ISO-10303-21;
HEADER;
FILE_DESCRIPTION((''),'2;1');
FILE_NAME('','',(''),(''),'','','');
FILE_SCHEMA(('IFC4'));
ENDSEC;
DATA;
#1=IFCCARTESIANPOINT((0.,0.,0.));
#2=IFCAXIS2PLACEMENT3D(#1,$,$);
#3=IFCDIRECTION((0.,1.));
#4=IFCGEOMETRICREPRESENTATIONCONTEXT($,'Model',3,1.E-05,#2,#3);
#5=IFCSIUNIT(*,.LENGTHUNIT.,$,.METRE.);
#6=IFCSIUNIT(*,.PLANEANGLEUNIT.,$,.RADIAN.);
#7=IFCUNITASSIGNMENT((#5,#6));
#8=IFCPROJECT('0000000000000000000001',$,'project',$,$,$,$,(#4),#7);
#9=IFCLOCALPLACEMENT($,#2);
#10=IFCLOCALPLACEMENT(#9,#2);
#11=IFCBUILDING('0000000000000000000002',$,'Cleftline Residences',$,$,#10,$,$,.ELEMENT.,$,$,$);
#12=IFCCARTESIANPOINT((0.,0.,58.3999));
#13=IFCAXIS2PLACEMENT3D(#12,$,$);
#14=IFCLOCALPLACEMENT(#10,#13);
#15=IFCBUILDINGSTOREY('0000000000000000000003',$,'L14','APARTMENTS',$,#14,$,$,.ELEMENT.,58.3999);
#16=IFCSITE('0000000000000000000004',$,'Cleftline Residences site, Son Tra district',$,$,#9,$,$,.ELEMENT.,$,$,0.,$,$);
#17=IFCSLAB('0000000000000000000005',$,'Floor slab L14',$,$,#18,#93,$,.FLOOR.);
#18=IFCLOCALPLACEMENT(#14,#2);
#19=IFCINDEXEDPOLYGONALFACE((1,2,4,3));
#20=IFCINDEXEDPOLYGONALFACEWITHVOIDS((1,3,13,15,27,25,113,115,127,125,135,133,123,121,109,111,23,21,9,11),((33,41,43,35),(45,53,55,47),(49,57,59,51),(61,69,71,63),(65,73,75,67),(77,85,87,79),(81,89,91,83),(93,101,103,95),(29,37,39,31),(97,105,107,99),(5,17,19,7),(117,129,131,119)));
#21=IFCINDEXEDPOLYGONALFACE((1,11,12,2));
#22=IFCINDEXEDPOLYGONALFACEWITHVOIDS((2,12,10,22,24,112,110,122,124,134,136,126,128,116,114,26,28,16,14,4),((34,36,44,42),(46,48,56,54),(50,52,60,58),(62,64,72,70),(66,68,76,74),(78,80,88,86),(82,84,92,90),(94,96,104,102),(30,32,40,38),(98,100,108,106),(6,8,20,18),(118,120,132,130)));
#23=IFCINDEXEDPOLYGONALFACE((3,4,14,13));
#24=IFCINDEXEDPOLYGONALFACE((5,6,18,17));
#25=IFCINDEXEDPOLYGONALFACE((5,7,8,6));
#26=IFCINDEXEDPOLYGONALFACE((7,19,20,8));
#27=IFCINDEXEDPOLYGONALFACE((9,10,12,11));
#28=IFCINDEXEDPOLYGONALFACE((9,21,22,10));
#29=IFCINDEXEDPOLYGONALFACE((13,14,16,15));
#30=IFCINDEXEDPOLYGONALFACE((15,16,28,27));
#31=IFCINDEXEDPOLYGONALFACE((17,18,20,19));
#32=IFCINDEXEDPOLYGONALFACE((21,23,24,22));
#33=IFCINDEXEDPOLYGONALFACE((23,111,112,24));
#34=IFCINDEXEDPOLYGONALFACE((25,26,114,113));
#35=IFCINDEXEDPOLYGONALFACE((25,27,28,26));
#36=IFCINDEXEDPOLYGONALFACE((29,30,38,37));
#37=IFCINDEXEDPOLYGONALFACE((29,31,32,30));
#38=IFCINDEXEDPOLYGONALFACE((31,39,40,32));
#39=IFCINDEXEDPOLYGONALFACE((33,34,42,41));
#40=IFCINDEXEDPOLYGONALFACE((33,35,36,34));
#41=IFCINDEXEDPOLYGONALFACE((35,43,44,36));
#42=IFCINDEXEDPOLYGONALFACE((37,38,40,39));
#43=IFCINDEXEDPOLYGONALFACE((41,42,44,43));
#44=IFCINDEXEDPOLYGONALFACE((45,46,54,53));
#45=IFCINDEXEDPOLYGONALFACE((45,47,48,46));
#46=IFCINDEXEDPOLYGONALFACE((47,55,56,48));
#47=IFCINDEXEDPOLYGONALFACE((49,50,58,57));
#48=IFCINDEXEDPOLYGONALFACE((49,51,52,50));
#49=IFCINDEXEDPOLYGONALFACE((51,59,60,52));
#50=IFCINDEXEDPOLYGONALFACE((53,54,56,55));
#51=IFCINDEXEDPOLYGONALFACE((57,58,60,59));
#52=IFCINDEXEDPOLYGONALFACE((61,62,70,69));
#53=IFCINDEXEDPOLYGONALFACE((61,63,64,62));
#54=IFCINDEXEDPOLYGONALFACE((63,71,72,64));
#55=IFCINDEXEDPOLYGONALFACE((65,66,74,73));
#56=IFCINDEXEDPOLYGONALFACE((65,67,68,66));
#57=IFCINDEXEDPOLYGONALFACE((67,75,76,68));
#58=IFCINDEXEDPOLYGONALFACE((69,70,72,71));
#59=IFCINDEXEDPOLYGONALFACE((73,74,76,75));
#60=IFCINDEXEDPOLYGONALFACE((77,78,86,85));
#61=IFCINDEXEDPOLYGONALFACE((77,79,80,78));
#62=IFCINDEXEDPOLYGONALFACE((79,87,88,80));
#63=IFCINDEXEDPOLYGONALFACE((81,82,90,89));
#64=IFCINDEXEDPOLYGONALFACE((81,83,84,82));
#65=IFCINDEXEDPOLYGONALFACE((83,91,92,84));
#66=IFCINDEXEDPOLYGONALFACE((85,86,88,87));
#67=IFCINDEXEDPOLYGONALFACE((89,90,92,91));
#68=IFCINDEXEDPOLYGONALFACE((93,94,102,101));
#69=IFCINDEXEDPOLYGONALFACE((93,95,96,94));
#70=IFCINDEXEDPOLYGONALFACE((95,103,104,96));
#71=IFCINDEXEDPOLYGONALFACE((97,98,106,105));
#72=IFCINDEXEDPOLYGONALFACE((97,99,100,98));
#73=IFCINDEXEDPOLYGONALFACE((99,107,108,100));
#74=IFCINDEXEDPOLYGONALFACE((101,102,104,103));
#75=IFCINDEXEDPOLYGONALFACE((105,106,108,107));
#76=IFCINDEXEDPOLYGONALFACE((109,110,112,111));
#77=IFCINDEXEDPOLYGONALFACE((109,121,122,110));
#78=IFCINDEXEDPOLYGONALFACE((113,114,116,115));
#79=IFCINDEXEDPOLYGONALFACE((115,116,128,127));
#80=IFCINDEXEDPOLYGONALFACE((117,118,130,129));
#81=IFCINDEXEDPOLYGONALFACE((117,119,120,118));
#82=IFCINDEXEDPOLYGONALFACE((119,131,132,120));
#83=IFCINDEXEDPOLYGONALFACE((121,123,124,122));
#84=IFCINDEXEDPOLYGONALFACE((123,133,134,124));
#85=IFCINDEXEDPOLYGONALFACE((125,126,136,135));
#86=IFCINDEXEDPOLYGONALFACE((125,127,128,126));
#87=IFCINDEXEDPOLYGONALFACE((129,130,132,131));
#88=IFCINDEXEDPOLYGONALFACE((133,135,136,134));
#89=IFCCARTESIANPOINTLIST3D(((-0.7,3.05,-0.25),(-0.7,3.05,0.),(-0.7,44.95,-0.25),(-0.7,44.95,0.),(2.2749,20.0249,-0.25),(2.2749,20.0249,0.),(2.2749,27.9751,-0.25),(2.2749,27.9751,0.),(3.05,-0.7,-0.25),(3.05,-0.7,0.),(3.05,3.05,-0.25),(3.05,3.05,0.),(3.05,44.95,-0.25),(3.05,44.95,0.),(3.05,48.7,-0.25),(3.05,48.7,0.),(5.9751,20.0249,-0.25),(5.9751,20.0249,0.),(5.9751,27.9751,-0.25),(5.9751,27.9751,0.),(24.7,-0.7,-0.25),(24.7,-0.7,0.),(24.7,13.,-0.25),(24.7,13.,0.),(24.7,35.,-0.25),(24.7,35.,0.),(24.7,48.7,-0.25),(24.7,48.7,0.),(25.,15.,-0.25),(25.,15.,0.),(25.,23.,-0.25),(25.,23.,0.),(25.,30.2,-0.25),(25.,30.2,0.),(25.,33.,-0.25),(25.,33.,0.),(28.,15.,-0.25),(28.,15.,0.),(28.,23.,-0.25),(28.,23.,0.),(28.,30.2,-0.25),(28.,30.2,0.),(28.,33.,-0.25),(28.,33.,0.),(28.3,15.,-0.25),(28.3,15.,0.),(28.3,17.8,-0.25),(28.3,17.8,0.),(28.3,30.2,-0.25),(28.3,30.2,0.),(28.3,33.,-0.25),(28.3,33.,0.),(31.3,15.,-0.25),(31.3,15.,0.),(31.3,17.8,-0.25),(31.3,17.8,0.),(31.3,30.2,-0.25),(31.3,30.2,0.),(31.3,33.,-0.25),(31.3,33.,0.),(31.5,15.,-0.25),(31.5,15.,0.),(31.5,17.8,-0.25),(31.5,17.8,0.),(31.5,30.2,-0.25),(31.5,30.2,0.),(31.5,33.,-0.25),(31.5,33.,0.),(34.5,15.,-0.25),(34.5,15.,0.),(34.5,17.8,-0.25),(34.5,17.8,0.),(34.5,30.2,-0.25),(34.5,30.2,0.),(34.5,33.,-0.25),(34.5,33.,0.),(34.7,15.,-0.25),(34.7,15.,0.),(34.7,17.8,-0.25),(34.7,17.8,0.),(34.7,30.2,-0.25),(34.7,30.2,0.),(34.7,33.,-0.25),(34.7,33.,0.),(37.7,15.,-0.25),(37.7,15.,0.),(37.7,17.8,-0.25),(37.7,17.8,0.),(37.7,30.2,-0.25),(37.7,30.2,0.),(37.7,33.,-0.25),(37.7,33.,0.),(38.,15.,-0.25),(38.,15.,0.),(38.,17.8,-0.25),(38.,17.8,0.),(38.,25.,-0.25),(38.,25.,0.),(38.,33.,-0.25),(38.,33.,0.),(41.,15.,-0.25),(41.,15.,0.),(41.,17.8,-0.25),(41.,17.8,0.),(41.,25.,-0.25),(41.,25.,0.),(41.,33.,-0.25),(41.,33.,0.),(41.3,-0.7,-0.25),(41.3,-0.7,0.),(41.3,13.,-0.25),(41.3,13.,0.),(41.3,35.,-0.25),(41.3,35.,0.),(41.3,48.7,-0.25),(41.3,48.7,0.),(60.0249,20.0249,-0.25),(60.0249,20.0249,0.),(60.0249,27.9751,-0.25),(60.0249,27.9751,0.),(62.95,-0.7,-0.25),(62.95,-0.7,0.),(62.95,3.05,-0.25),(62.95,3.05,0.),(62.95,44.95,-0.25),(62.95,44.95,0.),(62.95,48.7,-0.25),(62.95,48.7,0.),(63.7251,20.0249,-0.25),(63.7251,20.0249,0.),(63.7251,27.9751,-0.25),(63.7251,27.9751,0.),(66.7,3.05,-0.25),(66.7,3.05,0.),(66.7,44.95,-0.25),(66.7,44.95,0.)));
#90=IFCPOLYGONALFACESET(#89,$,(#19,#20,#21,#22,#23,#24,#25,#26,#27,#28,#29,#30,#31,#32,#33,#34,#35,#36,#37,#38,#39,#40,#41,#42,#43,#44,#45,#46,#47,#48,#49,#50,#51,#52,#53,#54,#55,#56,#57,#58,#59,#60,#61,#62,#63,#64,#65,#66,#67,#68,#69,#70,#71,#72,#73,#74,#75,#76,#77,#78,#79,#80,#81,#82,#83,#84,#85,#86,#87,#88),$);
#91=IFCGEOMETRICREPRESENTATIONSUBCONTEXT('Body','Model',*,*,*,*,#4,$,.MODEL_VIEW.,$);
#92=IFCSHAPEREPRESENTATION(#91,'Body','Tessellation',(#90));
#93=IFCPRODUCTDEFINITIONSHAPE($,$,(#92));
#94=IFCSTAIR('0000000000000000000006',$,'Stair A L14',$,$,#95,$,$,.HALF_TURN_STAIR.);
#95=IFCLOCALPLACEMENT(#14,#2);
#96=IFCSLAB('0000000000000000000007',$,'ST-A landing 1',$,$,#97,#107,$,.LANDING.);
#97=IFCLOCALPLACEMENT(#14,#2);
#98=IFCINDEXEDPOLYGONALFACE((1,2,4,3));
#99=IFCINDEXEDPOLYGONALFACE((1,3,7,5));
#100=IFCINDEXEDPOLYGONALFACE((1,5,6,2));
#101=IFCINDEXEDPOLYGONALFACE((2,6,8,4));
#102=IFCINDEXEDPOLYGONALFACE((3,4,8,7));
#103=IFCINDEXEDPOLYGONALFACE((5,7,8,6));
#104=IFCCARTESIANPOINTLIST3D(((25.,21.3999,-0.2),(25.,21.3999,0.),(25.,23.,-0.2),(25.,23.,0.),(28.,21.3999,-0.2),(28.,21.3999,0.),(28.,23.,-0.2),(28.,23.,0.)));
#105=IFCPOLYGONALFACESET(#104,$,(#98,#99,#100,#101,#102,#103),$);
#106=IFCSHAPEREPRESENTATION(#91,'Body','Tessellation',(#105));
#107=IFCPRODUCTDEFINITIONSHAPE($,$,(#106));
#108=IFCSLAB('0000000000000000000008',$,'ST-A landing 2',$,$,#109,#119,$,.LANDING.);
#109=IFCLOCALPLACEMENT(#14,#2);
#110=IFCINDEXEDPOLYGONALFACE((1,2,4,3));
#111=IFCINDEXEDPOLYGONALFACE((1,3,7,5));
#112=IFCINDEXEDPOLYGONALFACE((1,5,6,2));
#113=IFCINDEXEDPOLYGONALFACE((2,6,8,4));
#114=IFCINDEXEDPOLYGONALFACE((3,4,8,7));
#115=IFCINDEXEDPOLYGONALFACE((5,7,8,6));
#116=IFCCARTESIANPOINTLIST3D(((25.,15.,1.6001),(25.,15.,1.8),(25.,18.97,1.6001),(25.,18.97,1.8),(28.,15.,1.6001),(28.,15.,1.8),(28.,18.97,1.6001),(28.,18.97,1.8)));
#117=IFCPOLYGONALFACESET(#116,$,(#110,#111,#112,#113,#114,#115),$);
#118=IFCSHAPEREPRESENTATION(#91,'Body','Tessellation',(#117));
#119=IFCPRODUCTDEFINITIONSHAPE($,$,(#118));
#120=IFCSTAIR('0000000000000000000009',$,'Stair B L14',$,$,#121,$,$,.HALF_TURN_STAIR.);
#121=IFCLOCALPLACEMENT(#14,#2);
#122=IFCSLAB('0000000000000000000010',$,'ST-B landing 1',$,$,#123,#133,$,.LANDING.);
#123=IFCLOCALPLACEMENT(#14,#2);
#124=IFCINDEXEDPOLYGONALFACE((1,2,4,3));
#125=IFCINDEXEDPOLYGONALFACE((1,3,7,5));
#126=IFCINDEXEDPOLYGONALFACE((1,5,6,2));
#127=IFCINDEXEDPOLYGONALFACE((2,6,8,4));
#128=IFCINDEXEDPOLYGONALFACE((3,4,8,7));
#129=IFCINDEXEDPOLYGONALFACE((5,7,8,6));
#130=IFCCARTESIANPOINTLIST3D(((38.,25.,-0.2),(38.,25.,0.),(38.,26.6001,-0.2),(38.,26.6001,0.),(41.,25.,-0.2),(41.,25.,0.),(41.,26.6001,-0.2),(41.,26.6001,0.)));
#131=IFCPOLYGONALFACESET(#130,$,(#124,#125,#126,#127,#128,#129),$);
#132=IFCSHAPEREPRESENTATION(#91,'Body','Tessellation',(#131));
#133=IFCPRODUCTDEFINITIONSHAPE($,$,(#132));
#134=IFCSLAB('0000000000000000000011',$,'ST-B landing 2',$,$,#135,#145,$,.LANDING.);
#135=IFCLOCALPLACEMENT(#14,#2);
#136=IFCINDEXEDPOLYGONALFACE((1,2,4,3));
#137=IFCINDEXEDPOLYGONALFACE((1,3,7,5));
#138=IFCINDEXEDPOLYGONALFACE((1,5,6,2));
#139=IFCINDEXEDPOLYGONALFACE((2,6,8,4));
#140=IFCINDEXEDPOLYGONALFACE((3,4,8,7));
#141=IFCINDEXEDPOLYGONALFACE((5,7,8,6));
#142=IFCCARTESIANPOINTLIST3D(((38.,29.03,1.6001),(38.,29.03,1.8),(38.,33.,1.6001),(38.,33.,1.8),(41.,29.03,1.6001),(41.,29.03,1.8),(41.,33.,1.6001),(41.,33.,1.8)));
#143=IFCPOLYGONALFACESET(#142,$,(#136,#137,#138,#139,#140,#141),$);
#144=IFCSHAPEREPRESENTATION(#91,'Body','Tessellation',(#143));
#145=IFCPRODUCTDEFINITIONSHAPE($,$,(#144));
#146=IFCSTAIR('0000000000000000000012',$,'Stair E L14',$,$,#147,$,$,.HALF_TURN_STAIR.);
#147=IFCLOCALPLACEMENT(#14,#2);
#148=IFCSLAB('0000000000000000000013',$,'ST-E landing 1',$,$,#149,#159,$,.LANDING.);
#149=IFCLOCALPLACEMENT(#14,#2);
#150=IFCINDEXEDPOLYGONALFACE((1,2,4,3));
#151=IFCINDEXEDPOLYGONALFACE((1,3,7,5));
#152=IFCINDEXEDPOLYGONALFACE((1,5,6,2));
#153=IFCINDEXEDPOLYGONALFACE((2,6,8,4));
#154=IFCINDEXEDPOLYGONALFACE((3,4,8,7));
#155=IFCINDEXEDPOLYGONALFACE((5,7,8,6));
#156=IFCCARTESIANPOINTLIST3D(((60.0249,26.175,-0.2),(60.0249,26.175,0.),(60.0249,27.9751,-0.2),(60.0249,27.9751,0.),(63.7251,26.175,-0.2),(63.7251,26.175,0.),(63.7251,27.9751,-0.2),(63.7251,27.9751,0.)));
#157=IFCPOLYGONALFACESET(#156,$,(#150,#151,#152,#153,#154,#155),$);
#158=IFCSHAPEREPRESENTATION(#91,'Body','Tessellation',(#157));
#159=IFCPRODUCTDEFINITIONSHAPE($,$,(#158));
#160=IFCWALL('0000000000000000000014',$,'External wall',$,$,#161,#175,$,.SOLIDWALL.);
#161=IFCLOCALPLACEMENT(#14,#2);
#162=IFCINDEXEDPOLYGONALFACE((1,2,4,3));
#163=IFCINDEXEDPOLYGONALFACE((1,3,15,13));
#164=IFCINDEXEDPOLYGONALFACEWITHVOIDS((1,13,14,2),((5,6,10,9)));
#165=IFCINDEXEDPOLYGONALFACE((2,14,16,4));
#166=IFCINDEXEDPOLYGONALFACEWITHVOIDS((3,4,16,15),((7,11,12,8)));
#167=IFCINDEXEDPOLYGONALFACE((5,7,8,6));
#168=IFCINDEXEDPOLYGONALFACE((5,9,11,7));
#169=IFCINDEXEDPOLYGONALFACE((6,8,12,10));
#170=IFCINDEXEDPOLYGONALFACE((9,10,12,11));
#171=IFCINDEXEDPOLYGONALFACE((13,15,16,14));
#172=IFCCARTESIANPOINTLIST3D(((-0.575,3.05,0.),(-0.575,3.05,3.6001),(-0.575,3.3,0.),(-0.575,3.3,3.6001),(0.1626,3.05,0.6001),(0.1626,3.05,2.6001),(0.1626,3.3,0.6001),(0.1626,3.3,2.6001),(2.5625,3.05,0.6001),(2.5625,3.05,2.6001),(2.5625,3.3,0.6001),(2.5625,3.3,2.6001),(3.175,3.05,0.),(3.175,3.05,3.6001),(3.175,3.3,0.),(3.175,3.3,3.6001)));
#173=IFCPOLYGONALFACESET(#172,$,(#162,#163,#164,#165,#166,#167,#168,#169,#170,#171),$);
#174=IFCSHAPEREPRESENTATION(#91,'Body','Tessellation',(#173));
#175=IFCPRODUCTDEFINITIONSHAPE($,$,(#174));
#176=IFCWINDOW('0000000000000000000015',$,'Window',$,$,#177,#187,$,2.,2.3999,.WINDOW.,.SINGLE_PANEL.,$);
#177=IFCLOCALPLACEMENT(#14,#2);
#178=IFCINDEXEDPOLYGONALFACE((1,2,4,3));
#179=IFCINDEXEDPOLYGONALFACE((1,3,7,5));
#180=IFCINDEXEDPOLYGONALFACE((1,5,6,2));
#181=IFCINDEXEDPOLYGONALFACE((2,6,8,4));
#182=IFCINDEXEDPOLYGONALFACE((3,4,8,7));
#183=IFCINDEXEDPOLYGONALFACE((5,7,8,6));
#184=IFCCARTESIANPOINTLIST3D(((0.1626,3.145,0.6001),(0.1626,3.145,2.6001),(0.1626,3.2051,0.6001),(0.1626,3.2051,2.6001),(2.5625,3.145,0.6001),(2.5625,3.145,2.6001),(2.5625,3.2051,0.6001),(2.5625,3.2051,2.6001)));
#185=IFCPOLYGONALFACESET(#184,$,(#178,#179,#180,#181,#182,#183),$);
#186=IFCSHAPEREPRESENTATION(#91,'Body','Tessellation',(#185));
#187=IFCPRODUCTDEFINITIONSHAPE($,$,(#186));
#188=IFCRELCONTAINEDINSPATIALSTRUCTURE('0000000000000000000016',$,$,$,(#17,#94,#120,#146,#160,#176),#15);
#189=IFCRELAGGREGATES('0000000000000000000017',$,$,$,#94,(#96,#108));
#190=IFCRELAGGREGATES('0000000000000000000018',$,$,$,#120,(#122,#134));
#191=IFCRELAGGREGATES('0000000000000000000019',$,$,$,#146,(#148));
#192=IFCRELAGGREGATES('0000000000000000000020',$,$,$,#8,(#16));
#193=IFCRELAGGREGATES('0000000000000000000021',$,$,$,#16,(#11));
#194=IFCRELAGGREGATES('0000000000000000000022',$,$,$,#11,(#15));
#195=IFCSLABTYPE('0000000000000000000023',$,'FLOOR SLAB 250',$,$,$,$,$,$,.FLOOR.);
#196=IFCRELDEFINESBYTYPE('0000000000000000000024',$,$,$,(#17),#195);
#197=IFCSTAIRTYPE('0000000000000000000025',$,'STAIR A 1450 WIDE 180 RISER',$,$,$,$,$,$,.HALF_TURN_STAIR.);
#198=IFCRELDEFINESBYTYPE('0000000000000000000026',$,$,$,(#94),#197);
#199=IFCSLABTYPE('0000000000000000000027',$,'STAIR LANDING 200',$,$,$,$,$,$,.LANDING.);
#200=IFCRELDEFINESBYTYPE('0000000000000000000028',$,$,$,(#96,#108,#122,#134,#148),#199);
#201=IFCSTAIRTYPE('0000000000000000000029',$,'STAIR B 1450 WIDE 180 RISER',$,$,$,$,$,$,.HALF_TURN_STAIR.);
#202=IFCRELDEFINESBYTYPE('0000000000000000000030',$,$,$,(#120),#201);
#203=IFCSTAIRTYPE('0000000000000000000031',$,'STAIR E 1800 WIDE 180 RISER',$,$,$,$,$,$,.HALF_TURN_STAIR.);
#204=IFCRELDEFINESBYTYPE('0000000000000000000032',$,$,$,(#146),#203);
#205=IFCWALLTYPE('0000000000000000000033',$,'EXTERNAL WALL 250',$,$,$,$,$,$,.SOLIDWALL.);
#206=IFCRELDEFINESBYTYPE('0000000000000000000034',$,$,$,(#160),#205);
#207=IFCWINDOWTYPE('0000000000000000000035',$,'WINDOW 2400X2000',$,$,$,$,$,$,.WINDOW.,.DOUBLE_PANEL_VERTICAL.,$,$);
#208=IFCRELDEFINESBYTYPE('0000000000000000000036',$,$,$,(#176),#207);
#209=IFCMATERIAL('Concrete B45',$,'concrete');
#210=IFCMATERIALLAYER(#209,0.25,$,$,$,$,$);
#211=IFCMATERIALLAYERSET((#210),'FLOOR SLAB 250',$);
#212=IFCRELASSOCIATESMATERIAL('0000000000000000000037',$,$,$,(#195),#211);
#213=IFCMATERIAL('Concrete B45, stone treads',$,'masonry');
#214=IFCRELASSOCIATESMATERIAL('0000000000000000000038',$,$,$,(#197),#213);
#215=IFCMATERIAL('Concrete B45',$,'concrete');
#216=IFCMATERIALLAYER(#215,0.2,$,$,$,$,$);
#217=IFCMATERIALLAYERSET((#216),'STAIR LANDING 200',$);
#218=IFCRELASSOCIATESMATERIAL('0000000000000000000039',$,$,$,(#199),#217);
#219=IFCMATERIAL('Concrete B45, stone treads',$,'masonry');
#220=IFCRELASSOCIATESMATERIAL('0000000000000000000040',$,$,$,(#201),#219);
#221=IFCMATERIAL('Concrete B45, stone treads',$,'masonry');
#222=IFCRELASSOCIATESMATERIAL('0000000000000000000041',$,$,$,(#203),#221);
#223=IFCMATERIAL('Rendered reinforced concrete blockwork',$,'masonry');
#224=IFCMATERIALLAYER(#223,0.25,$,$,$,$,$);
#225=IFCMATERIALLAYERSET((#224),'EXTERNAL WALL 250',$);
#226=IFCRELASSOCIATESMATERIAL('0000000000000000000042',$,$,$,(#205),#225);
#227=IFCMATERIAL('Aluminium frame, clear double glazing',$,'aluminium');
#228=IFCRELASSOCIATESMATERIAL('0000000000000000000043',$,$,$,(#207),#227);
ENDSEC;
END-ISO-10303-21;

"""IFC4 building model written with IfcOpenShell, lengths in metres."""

from ifc_helpers import new_model, si_unit, direction, frame, frame_2d, origin, place, context, subcontext, project, spatial, polyline, rectangle, outline, extrude, material, layer, layer_set, type_object, element, fill, aggregate, save


model = new_model("IFC4")

# Units and contexts
model_context = context("Model", 3, precision=1e-05, world=origin(), true_north=direction((0.0, 1.0)))
body_context = subcontext(model_context, "Body", "Model", "MODEL_VIEW")
ifc_project = project(units=[si_unit("LENGTHUNIT", "METRE"), si_unit("PLANEANGLEUNIT", "RADIAN")], contexts=[model_context])

# Site, building, storey
site_placement = place(None, origin())
site = spatial("IfcSite", under=ifc_project, at=site_placement, Name="Cleftline Residences site, Son Tra district", CompositionType="ELEMENT", RefElevation=0.0)
building_placement = place(site_placement, origin())
building = spatial("IfcBuilding", under=site, at=building_placement, Name="Cleftline Residences", CompositionType="ELEMENT")
storey_placement = place(building_placement, frame((0.0, 0.0, 58.3999)))
storey = spatial("IfcBuildingStorey", under=building, at=storey_placement, Name="L14", Description="APARTMENTS", CompositionType="ELEMENT", Elevation=58.3999)

# Slab
ifc_material_1 = material(Name="Concrete B45", Category="concrete")
ifc_layer_1 = layer(ifc_material_1, 0.25)
ifc_layer_set_1 = layer_set([ifc_layer_1], Name="FLOOR SLAB 250")
slab_type_1 = type_object("IfcSlabType", Name="FLOOR SLAB 250", PredefinedType="FLOOR", material=ifc_layer_set_1)
slab_1_placement = place(storey_placement, frame((0.0, 0.0, -0.25)))
element("IfcSlab", 1, at=slab_1_placement, inside=storey, type_object=slab_type_1, Name="Floor slab L14", PredefinedType="FLOOR", context=body_context, shape_type="SweptSolid", body=[
    extrude(outline(polyline([(24.7, 13.0), (41.3, 13.0), (41.3, -0.7), (62.95, -0.7), (62.95, 3.05), (66.7, 3.05), (66.7, 44.95), (62.95, 44.95), (62.95, 48.7), (41.3, 48.7), (41.3, 35.0), (24.7, 35.0), (24.7, 48.7), (3.05, 48.7), (3.05, 44.95), (-0.7, 44.95), (-0.7, 3.05), (3.05, 3.05), (3.05, -0.7), (24.7, -0.7), (24.7, 13.0)]), holes=[polyline([(28.0, 15.0), (28.0, 23.0), (25.0, 23.0), (25.0, 15.0), (28.0, 15.0)]), polyline([(41.0, 25.0), (41.0, 33.0), (38.0, 33.0), (38.0, 25.0), (41.0, 25.0)]), polyline([(28.0, 30.2), (28.0, 33.0), (25.0, 33.0), (25.0, 30.2), (28.0, 30.2)]), polyline([(41.0, 15.0), (41.0, 17.8), (38.0, 17.8), (38.0, 15.0), (41.0, 15.0)]), polyline([(31.3, 15.0), (31.3, 17.8), (28.3, 17.8), (28.3, 15.0), (31.3, 15.0)]), polyline([(34.5, 15.0), (34.5, 17.8), (31.5, 17.8), (31.5, 15.0), (34.5, 15.0)]), polyline([(37.7, 15.0), (37.7, 17.8), (34.7, 17.8), (34.7, 15.0), (37.7, 15.0)]), polyline([(31.3, 30.2), (31.3, 33.0), (28.3, 33.0), (28.3, 30.2), (31.3, 30.2)]), polyline([(34.5, 30.2), (34.5, 33.0), (31.5, 33.0), (31.5, 30.2), (34.5, 30.2)]), polyline([(37.7, 30.2), (37.7, 33.0), (34.7, 33.0), (34.7, 30.2), (37.7, 30.2)]), polyline([(63.7251, 20.0249), (63.7251, 27.9751), (60.0249, 27.9751), (60.0249, 20.0249), (63.7251, 20.0249)]), polyline([(5.9751, 20.0249), (5.9751, 27.9751), (2.2749, 27.9751), (2.2749, 20.0249), (5.9751, 20.0249)])]), origin(), (0.0, 0.0, 1.0), 0.25),
])

# Stairs, slabs
ifc_material_2 = material(Name="Concrete B45, stone treads", Category="masonry")
stair_type_1 = type_object("IfcStairType", Name="STAIR A 1450 WIDE 180 RISER", PredefinedType="HALF_TURN_STAIR", material=ifc_material_2)
stair_1_placement = place(storey_placement, origin())
stair_1 = element("IfcStair", 2, at=stair_1_placement, inside=storey, type_object=stair_type_1, Name="Stair A L14", PredefinedType="HALF_TURN_STAIR")
ifc_material_3 = material(Name="Concrete B45", Category="concrete")
ifc_layer_2 = layer(ifc_material_3, 0.2)
ifc_layer_set_2 = layer_set([ifc_layer_2], Name="STAIR LANDING 200")
slab_type_2 = type_object("IfcSlabType", Name="STAIR LANDING 200", PredefinedType="LANDING", material=ifc_layer_set_2)
slab_2_placement = place(storey_placement, frame((0.0, 0.0, -0.2)))
slab_2 = element("IfcSlab", 3, at=slab_2_placement, type_object=slab_type_2, Name="ST-A landing 1", PredefinedType="LANDING", context=body_context, shape_type="SweptSolid", body=[
    extrude(outline(polyline([(25.0, 21.3999), (28.0, 21.3999), (28.0, 23.0), (25.0, 23.0), (25.0, 21.3999)])), origin(), (0.0, 0.0, 1.0), 0.2),
])
slab_3_placement = place(storey_placement, frame((0.0, 0.0, 1.6001)))
slab_3 = element("IfcSlab", 4, at=slab_3_placement, type_object=slab_type_2, Name="ST-A landing 2", PredefinedType="LANDING", context=body_context, shape_type="SweptSolid", body=[
    extrude(outline(polyline([(25.0, 15.0), (28.0, 15.0), (28.0, 18.97), (25.0, 18.97), (25.0, 15.0)])), origin(), (0.0, 0.0, 1.0), 0.2),
])
aggregate(stair_1, [slab_2, slab_3])
ifc_material_4 = material(Name="Concrete B45, stone treads", Category="masonry")
stair_type_2 = type_object("IfcStairType", Name="STAIR B 1450 WIDE 180 RISER", PredefinedType="HALF_TURN_STAIR", material=ifc_material_4)
stair_2_placement = place(storey_placement, origin())
stair_2 = element("IfcStair", 5, at=stair_2_placement, inside=storey, type_object=stair_type_2, Name="Stair B L14", PredefinedType="HALF_TURN_STAIR")
slab_4_placement = place(storey_placement, frame((0.0, 0.0, -0.2)))
slab_4 = element("IfcSlab", 6, at=slab_4_placement, type_object=slab_type_2, Name="ST-B landing 1", PredefinedType="LANDING", context=body_context, shape_type="SweptSolid", body=[
    extrude(outline(polyline([(38.0, 25.0), (41.0, 25.0), (41.0, 26.6001), (38.0, 26.6001), (38.0, 25.0)])), origin(), (0.0, 0.0, 1.0), 0.2),
])
slab_5_placement = place(storey_placement, frame((0.0, 0.0, 1.6001)))
slab_5 = element("IfcSlab", 7, at=slab_5_placement, type_object=slab_type_2, Name="ST-B landing 2", PredefinedType="LANDING", context=body_context, shape_type="SweptSolid", body=[
    extrude(outline(polyline([(38.0, 29.03), (41.0, 29.03), (41.0, 33.0), (38.0, 33.0), (38.0, 29.03)])), origin(), (0.0, 0.0, 1.0), 0.2),
])
aggregate(stair_2, [slab_4, slab_5])

# Stair, slab
ifc_material_5 = material(Name="Concrete B45, stone treads", Category="masonry")
stair_type_3 = type_object("IfcStairType", Name="STAIR E 1800 WIDE 180 RISER", PredefinedType="HALF_TURN_STAIR", material=ifc_material_5)
stair_3_placement = place(storey_placement, origin())
stair_3 = element("IfcStair", 8, at=stair_3_placement, inside=storey, type_object=stair_type_3, Name="Stair E L14", PredefinedType="HALF_TURN_STAIR")
slab_6_placement = place(storey_placement, frame((0.0, 0.0, -0.2)))
slab_6 = element("IfcSlab", 9, at=slab_6_placement, type_object=slab_type_2, Name="ST-E landing 1", PredefinedType="LANDING", context=body_context, shape_type="SweptSolid", body=[
    extrude(outline(polyline([(60.0249, 26.175), (63.7251, 26.175), (63.7251, 27.9751), (60.0249, 27.9751), (60.0249, 26.175)])), origin(), (0.0, 0.0, 1.0), 0.2),
])
aggregate(stair_3, [slab_6])

# Wall, opening, window
ifc_material_6 = material(Name="Rendered reinforced concrete blockwork", Category="masonry")
ifc_layer_3 = layer(ifc_material_6, 0.25)
ifc_layer_set_3 = layer_set([ifc_layer_3], Name="EXTERNAL WALL 250")
wall_type = type_object("IfcWallType", Name="EXTERNAL WALL 250", PredefinedType="SOLIDWALL", material=ifc_layer_set_3)
wall_placement = place(storey_placement, frame((-0.575, 3.175, 0.0), z_axis=(0.0, 0.0, 1.0), x_axis=(1.0, 0.0, 0.0)))
wall = element("IfcWall", 10, at=wall_placement, inside=storey, type_object=wall_type, Name="External wall", PredefinedType="SOLIDWALL", context=body_context, shape_type="SweptSolid", body=[
    extrude(rectangle(XDim=3.75, YDim=0.25, at=frame_2d((1.875, 0.0))), origin(), (0.0, 0.0, 1.0), 3.6001),
])
opening_placement = place(wall_placement, frame((0.7375, 0.0, 0.6001)))
opening = element("IfcOpeningElement", 11, at=opening_placement, cuts=wall, PredefinedType="OPENING", context=body_context, shape_type="SweptSolid", body=[
    extrude(rectangle(XDim=2.3999, YDim=2.0, at=frame_2d((1.2, 1.0))), frame((0.0, 0.135, 0.0), z_axis=(0.0, -1.0, 0.0), x_axis=(1.0, 0.0, 0.0)), (0.0, 0.0, 1.0), 0.27),
])
ifc_material_7 = material(Name="Aluminium frame, clear double glazing", Category="aluminium")
window_type = type_object("IfcWindowType", Name="WINDOW 2400X2000", PartitioningType="DOUBLE_PANEL_VERTICAL", PredefinedType="WINDOW", material=ifc_material_7)
window_placement = place(opening_placement, origin())
window = element("IfcWindow", 12, at=window_placement, inside=storey, type_object=window_type, Name="Window", OverallHeight=2.0, OverallWidth=2.3999, PartitioningType="SINGLE_PANEL", PredefinedType="WINDOW", context=body_context, shape_type="SweptSolid", body=[
    extrude(rectangle(XDim=2.3999, YDim=2.0, at=frame_2d((1.2, 1.0))), frame((0.0, 0.03, 0.0), z_axis=(0.0, -1.0, 0.0), x_axis=(1.0, 0.0, 0.0)), (0.0, 0.0, 1.0), 0.0601),
])
fill(opening, window)

save(model, "model.ifc")
